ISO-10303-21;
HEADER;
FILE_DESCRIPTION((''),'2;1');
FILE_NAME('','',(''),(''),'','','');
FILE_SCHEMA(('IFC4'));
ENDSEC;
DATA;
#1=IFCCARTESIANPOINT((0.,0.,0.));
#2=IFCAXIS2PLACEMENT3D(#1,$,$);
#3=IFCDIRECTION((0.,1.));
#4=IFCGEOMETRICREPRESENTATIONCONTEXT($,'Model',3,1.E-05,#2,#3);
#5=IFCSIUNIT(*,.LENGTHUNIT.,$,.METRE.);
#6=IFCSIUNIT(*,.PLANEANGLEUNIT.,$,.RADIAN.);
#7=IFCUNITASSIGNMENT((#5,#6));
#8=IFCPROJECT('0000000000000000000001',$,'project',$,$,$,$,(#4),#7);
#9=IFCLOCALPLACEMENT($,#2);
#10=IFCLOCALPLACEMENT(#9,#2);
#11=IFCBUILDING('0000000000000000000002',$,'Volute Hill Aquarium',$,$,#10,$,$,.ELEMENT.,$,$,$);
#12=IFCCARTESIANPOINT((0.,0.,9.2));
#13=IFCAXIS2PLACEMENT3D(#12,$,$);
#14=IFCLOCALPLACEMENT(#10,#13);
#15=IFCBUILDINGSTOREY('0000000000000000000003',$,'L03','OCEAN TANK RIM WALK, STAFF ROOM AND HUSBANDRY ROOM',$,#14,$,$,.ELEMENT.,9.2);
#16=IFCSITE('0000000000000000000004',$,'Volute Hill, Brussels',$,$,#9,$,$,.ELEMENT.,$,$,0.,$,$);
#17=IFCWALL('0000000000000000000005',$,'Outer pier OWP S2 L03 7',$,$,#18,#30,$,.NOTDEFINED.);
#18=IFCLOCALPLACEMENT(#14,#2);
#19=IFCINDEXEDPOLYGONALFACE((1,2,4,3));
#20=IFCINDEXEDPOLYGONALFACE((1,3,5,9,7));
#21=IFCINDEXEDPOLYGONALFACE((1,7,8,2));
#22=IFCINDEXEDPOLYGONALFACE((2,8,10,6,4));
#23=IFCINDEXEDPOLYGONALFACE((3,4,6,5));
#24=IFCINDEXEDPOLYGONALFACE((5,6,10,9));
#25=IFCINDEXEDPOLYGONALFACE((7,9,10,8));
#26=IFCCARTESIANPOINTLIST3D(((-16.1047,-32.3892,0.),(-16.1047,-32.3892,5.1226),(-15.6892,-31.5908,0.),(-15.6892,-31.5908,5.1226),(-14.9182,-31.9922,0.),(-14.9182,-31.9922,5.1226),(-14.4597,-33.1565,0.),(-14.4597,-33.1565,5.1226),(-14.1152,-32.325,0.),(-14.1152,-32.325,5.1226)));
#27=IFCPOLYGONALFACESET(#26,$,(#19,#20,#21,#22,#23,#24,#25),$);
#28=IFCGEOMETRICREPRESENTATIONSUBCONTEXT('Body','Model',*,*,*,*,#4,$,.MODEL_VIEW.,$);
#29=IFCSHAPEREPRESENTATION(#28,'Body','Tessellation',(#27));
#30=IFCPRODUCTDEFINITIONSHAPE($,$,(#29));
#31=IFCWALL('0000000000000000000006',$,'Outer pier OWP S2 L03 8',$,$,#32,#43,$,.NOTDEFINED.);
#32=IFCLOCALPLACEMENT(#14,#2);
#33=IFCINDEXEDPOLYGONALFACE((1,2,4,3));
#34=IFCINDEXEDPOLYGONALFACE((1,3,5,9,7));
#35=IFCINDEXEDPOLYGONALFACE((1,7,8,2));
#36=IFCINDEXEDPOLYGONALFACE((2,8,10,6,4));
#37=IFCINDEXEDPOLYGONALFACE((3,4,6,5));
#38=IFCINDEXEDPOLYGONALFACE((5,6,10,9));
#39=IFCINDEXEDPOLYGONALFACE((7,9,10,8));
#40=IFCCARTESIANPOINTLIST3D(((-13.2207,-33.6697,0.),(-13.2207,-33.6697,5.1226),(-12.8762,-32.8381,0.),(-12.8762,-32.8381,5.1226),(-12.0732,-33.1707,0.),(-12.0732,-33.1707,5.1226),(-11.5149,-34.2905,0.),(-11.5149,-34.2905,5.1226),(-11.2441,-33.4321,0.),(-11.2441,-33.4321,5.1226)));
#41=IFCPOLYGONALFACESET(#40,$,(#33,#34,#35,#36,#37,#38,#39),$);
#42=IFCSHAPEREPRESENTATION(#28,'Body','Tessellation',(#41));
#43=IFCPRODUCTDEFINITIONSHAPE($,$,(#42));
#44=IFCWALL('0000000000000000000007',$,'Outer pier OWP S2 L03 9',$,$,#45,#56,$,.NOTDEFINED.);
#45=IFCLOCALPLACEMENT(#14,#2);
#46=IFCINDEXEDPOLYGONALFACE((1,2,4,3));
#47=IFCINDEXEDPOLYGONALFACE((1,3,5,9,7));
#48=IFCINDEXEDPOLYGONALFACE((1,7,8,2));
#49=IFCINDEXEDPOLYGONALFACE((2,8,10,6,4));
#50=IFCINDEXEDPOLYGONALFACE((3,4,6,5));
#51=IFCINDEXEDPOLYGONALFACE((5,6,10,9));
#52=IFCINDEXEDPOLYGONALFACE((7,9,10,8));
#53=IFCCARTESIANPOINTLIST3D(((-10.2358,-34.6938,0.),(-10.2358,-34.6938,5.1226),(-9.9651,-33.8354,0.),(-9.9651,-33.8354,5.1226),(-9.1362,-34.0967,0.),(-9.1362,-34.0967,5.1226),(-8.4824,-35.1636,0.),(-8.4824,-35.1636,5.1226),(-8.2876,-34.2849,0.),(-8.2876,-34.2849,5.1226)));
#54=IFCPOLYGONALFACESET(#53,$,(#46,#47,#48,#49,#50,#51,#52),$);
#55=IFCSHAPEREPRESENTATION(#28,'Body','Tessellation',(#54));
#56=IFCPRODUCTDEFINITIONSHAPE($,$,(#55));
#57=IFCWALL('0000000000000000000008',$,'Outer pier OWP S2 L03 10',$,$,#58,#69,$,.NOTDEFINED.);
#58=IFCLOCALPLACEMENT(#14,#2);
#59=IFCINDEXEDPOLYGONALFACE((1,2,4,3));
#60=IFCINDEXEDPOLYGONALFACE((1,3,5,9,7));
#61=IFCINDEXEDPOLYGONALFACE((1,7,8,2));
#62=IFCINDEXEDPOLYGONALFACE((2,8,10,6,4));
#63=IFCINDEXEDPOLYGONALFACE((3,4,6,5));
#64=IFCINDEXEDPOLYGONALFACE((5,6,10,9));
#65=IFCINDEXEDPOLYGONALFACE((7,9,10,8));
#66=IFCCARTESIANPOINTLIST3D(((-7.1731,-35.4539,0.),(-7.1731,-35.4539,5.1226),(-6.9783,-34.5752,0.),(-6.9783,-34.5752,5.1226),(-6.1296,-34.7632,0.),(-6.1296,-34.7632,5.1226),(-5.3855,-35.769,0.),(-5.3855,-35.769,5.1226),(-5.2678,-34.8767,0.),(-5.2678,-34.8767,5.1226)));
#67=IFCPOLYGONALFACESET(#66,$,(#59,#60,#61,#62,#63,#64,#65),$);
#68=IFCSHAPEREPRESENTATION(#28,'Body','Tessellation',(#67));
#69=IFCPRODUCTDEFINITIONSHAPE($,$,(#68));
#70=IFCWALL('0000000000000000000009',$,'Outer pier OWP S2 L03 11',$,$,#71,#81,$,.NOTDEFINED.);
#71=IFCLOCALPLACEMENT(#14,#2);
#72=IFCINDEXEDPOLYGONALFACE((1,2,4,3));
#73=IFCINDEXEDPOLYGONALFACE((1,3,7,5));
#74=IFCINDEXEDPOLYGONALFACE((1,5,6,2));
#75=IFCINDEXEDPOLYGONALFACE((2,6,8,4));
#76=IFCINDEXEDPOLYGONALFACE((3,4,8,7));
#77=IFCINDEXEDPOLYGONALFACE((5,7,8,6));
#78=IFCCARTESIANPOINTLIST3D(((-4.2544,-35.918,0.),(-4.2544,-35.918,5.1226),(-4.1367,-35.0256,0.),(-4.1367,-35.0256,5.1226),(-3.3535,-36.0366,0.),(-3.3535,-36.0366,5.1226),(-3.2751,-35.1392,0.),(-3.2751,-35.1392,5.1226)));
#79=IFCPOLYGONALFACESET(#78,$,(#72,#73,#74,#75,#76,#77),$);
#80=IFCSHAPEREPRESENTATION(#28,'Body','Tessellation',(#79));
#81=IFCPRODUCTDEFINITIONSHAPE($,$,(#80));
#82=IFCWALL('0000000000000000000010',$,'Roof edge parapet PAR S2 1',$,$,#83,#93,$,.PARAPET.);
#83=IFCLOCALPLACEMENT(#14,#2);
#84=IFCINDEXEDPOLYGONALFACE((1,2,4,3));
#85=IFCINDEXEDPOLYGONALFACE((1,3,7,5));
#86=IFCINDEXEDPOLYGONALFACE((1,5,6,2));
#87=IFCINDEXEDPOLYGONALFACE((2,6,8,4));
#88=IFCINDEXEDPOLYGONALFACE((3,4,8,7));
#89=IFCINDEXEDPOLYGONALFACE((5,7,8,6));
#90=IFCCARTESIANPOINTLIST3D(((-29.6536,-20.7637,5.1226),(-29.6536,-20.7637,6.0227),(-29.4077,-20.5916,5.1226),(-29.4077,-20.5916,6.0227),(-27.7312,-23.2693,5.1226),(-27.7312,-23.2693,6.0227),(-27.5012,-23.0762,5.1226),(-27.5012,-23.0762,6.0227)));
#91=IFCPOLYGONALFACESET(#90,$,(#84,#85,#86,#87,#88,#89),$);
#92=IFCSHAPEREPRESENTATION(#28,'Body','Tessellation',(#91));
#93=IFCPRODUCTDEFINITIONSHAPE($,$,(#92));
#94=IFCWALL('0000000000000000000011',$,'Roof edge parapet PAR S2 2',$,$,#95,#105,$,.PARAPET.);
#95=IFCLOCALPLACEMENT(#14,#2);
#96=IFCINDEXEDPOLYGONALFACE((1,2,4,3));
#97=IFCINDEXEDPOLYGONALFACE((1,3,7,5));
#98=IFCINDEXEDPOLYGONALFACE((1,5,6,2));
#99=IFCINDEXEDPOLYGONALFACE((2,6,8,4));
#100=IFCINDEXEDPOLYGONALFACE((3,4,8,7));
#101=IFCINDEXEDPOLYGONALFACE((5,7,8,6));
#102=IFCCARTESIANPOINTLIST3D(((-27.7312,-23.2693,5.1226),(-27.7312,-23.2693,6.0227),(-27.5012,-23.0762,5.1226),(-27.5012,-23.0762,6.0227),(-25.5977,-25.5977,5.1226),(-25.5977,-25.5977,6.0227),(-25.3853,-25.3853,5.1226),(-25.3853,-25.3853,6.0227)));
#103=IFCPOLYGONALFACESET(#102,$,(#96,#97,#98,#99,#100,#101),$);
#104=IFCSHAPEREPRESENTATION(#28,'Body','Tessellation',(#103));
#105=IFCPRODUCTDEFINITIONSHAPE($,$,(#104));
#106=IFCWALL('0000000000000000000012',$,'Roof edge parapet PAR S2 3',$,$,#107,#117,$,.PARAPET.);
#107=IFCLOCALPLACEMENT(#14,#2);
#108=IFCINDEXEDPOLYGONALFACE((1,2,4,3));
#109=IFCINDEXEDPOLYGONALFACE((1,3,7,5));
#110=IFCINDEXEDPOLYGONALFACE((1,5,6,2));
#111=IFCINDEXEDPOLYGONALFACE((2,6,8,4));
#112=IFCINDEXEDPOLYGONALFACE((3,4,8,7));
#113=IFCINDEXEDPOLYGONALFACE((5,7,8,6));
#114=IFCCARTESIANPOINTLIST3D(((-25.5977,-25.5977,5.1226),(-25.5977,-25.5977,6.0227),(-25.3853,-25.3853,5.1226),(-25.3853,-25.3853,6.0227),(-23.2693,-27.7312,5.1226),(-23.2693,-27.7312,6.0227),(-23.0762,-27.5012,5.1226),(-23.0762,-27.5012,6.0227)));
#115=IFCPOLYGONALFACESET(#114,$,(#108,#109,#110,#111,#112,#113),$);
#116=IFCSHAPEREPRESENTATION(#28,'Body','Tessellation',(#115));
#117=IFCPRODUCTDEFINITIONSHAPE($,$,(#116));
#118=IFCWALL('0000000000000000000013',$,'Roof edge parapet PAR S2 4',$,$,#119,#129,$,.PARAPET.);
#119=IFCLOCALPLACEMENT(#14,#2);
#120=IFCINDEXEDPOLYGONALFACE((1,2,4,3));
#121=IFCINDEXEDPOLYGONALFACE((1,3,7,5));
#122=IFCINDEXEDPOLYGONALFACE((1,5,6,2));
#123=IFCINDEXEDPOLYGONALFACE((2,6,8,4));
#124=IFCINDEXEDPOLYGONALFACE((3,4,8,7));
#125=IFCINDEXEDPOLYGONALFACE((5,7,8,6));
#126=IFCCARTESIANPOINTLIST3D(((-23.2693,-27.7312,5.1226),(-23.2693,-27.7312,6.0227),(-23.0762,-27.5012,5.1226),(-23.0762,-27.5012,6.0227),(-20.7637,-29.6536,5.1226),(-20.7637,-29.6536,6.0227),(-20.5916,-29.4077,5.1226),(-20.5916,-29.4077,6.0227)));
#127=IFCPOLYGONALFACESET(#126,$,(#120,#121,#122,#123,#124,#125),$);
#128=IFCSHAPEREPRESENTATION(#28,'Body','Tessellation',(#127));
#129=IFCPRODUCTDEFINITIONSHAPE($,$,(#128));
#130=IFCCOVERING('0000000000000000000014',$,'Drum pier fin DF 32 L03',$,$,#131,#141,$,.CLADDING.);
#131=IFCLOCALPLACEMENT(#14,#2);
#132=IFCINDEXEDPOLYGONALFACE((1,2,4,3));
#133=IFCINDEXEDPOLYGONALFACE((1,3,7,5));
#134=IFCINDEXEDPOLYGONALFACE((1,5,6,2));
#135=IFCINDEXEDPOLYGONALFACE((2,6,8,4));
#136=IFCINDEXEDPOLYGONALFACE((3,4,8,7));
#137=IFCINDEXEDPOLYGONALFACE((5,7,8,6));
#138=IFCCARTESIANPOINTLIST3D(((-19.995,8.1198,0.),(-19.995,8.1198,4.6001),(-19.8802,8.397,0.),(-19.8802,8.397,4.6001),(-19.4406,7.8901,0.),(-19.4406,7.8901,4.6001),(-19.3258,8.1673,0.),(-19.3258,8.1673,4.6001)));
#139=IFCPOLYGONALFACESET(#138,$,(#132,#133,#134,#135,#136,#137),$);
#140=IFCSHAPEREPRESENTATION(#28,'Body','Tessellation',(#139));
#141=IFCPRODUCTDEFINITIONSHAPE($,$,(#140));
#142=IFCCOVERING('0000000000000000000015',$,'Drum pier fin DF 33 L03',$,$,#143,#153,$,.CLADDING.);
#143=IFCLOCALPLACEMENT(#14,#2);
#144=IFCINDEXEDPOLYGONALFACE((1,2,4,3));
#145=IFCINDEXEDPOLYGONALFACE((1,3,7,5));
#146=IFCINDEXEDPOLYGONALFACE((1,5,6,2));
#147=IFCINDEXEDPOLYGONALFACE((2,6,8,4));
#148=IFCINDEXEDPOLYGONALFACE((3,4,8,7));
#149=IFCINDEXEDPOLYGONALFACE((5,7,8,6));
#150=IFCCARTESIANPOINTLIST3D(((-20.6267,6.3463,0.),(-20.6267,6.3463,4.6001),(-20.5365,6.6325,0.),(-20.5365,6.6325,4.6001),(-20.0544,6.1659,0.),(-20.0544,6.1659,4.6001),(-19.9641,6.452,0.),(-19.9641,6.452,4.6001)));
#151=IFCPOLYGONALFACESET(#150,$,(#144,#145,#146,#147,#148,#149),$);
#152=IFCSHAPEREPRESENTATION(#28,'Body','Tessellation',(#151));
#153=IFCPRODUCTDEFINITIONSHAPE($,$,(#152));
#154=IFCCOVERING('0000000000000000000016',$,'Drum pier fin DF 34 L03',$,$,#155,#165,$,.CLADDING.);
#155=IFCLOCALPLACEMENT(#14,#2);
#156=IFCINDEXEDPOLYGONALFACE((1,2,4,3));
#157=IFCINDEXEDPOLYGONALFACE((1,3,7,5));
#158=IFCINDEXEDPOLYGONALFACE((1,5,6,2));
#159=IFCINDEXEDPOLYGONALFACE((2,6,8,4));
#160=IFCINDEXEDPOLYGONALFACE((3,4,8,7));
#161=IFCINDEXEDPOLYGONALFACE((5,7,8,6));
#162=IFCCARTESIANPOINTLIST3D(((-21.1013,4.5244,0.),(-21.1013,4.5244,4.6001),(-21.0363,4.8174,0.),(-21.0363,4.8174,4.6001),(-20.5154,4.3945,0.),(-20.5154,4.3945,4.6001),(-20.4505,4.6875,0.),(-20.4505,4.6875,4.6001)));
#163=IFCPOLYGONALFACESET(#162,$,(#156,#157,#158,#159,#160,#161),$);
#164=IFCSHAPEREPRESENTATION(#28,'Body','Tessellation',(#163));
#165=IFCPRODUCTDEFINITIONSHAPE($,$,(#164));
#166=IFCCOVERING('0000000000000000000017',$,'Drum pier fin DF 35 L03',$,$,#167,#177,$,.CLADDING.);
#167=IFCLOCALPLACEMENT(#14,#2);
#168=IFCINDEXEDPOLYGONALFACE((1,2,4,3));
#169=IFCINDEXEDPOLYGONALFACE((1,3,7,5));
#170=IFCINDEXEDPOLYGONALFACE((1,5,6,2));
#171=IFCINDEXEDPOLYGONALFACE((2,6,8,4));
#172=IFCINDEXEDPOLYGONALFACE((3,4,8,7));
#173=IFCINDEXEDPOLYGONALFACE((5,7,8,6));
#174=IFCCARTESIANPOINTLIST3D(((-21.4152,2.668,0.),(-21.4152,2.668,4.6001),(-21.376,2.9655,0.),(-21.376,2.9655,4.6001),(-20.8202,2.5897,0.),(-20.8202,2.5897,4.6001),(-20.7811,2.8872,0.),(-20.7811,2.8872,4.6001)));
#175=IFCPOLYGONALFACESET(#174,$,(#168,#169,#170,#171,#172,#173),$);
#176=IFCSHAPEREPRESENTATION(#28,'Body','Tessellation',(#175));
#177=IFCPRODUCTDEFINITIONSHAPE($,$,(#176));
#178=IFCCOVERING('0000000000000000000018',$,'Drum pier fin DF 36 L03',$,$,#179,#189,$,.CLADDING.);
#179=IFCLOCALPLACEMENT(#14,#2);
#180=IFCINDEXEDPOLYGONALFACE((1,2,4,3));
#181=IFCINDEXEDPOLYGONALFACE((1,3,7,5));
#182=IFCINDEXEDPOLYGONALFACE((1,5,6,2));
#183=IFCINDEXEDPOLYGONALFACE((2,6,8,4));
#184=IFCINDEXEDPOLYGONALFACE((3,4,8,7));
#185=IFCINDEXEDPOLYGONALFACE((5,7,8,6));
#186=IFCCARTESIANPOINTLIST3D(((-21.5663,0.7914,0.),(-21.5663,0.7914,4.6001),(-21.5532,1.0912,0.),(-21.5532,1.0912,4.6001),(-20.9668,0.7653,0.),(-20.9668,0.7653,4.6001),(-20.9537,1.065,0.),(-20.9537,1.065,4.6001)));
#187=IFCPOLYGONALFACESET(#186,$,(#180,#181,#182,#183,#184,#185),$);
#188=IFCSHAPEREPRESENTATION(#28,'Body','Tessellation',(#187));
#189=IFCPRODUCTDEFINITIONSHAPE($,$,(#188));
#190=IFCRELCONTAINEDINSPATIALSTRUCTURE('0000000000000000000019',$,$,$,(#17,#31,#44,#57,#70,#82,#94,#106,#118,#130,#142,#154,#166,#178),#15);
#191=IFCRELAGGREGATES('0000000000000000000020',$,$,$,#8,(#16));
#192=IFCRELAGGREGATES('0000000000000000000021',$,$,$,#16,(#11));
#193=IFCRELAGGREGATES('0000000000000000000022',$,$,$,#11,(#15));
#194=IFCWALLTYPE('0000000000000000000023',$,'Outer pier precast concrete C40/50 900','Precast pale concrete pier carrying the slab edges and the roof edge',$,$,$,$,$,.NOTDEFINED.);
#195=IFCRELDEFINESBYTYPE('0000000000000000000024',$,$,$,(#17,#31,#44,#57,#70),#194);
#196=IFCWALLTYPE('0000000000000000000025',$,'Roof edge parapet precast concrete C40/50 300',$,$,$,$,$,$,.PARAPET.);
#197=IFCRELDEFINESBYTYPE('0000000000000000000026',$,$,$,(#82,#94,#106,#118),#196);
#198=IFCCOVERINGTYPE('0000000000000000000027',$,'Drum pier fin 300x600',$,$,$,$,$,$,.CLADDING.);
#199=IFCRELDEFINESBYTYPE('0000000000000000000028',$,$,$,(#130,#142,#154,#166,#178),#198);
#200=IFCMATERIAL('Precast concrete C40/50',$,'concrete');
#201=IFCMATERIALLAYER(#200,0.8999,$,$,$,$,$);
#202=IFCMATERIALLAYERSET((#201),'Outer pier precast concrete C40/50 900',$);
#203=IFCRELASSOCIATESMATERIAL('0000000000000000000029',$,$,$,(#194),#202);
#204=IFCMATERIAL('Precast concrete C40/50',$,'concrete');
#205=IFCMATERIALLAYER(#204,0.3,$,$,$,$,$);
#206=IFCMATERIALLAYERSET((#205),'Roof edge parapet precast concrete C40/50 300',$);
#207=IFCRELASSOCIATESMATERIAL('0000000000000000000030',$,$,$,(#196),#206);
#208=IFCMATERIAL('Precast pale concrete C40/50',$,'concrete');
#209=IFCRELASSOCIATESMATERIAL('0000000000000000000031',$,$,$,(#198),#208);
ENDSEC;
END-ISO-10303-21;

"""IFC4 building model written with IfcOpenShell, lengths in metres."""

from ifc_helpers import new_model, si_unit, direction, frame, origin, origin_2d, place, context, subcontext, project, spatial, polyline, rectangle, outline, extrude, material, layer, layer_set, type_object, element, save


model = new_model("IFC4")

# Units and contexts
model_context = context("Model", 3, precision=1e-05, world=origin(), true_north=direction((0.0, 1.0)))
body_context = subcontext(model_context, "Body", "Model", "MODEL_VIEW")
ifc_project = project(units=[si_unit("LENGTHUNIT", "METRE"), si_unit("PLANEANGLEUNIT", "RADIAN")], contexts=[model_context])

# Site, building, storey
site_placement = place(None, origin())
site = spatial("IfcSite", under=ifc_project, at=site_placement, Name="Volute Hill, Brussels", CompositionType="ELEMENT", RefElevation=0.0)
building_placement = place(site_placement, origin())
building = spatial("IfcBuilding", under=site, at=building_placement, Name="Volute Hill Aquarium", CompositionType="ELEMENT")
storey_placement = place(building_placement, frame((0.0, 0.0, 9.2)))
storey = spatial("IfcBuildingStorey", under=building, at=storey_placement, Name="L03", Description="OCEAN TANK RIM WALK, STAFF ROOM AND HUSBANDRY ROOM", CompositionType="ELEMENT", Elevation=9.2)

# Walls
ifc_material_1 = material(Name="Precast concrete C40/50", Category="concrete")
ifc_layer_1 = layer(ifc_material_1, 0.8999)
ifc_layer_set_1 = layer_set([ifc_layer_1], Name="Outer pier precast concrete C40/50 900")
wall_type_1 = type_object("IfcWallType", Name="Outer pier precast concrete C40/50 900", Description="Precast pale concrete pier carrying the slab edges and the roof edge", PredefinedType="NOTDEFINED", material=ifc_layer_set_1)
wall_1_placement = place(storey_placement, origin())
element("IfcWall", 1, at=wall_1_placement, inside=storey, type_object=wall_type_1, Name="Outer pier OWP S2 L03 7", PredefinedType="NOTDEFINED", context=body_context, shape_type="SweptSolid", body=[
    extrude(outline(polyline([(-15.6892, -31.5908), (-16.1047, -32.3892), (-14.4597, -33.1565), (-14.1152, -32.325), (-14.9182, -31.9922), (-15.6892, -31.5908)])), origin(), (0.0, 0.0, 1.0), 5.1226),
])
wall_2_placement = place(storey_placement, origin())
element("IfcWall", 2, at=wall_2_placement, inside=storey, type_object=wall_type_1, Name="Outer pier OWP S2 L03 8", PredefinedType="NOTDEFINED", context=body_context, shape_type="SweptSolid", body=[
    extrude(outline(polyline([(-12.8762, -32.8381), (-13.2207, -33.6697), (-11.5149, -34.2905), (-11.2441, -33.4321), (-12.0732, -33.1707), (-12.8762, -32.8381)])), origin(), (0.0, 0.0, 1.0), 5.1226),
])
wall_3_placement = place(storey_placement, origin())
element("IfcWall", 3, at=wall_3_placement, inside=storey, type_object=wall_type_1, Name="Outer pier OWP S2 L03 9", PredefinedType="NOTDEFINED", context=body_context, shape_type="SweptSolid", body=[
    extrude(outline(polyline([(-9.9651, -33.8354), (-10.2358, -34.6938), (-8.4824, -35.1636), (-8.2876, -34.2849), (-9.1362, -34.0967), (-9.9651, -33.8354)])), origin(), (0.0, 0.0, 1.0), 5.1226),
])
wall_4_placement = place(storey_placement, origin())
element("IfcWall", 4, at=wall_4_placement, inside=storey, type_object=wall_type_1, Name="Outer pier OWP S2 L03 10", PredefinedType="NOTDEFINED", context=body_context, shape_type="SweptSolid", body=[
    extrude(outline(polyline([(-6.9783, -34.5752), (-7.1731, -35.4539), (-5.3855, -35.769), (-5.2678, -34.8767), (-6.1296, -34.7632), (-6.9783, -34.5752)])), origin(), (0.0, 0.0, 1.0), 5.1226),
])
wall_5_placement = place(storey_placement, origin())
element("IfcWall", 5, at=wall_5_placement, inside=storey, type_object=wall_type_1, Name="Outer pier OWP S2 L03 11", PredefinedType="NOTDEFINED", context=body_context, shape_type="SweptSolid", body=[
    extrude(outline(polyline([(-4.1367, -35.0256), (-4.2544, -35.918), (-3.3535, -36.0366), (-3.2751, -35.1392), (-4.1367, -35.0256)])), origin(), (0.0, 0.0, 1.0), 5.1226),
])
ifc_material_2 = material(Name="Precast concrete C40/50", Category="concrete")
ifc_layer_2 = layer(ifc_material_2, 0.3)
ifc_layer_set_2 = layer_set([ifc_layer_2], Name="Roof edge parapet precast concrete C40/50 300")
wall_type_2 = type_object("IfcWallType", Name="Roof edge parapet precast concrete C40/50 300", PredefinedType="PARAPET", material=ifc_layer_set_2)
wall_6_placement = place(storey_placement, frame((0.0, 0.0, 5.1226)))
element("IfcWall", 6, at=wall_6_placement, inside=storey, type_object=wall_type_2, Name="Roof edge parapet PAR S2 1", PredefinedType="PARAPET", context=body_context, shape_type="SweptSolid", body=[
    extrude(outline(polyline([(-27.7312, -23.2693), (-27.5012, -23.0762), (-29.4077, -20.5916), (-29.6536, -20.7637), (-27.7312, -23.2693)])), origin(), (0.0, 0.0, 1.0), 0.9001),
])
wall_7_placement = place(storey_placement, frame((0.0, 0.0, 5.1226)))
element("IfcWall", 7, at=wall_7_placement, inside=storey, type_object=wall_type_2, Name="Roof edge parapet PAR S2 2", PredefinedType="PARAPET", context=body_context, shape_type="SweptSolid", body=[
    extrude(outline(polyline([(-27.5012, -23.0762), (-27.7312, -23.2693), (-25.5977, -25.5977), (-25.3853, -25.3853), (-27.5012, -23.0762)])), origin(), (0.0, 0.0, 1.0), 0.9001),
])
wall_8_placement = place(storey_placement, frame((0.0, 0.0, 5.1226)))
element("IfcWall", 8, at=wall_8_placement, inside=storey, type_object=wall_type_2, Name="Roof edge parapet PAR S2 3", PredefinedType="PARAPET", context=body_context, shape_type="SweptSolid", body=[
    extrude(outline(polyline([(-25.3853, -25.3853), (-25.5977, -25.5977), (-23.2693, -27.7312), (-23.0762, -27.5012), (-25.3853, -25.3853)])), origin(), (0.0, 0.0, 1.0), 0.9001),
])
wall_9_placement = place(storey_placement, frame((0.0, 0.0, 5.1226)))
element("IfcWall", 9, at=wall_9_placement, inside=storey, type_object=wall_type_2, Name="Roof edge parapet PAR S2 4", PredefinedType="PARAPET", context=body_context, shape_type="SweptSolid", body=[
    extrude(outline(polyline([(-23.0762, -27.5012), (-23.2693, -27.7312), (-20.7637, -29.6536), (-20.5916, -29.4077), (-23.0762, -27.5012)])), origin(), (0.0, 0.0, 1.0), 0.9001),
])

# Coverings
ifc_material_3 = material(Name="Precast pale concrete C40/50", Category="concrete")
covering_type_1 = type_object("IfcCoveringType", Name="Drum pier fin 300x600", PredefinedType="CLADDING", material=ifc_material_3)
for number, where, z_axis, x_axis, name in (
    (10, (-19.6604, 8.1436, 0.0), (0.0, 0.0, 1.0), (-0.382683, -0.92388, 0.0), "Drum pier fin DF 32 L03"),
    (11, (-20.2954, 6.3992, 0.0), (0.0, 0.0, 1.0), (-0.300706, -0.953717, 0.0), "Drum pier fin DF 33 L03"),
    (12, (-20.7759, 4.606, 0.0), (0.0, 0.0, 1.0), (-0.21644, -0.976296, 0.0), "Drum pier fin DF 34 L03"),
    (13, (-21.0981, 2.7776, 0.0), (0.0, 0.0, 1.0), (-0.130526, -0.991445, 0.0), "Drum pier fin DF 35 L03"),
    (14, (-21.26, 0.9282, 0.0), (0.0, 0.0, 1.0), (-0.043619, -0.999048, 0.0), "Drum pier fin DF 36 L03"),
):
    element("IfcCovering", number, at=place(storey_placement, frame(where, z_axis=z_axis, x_axis=x_axis)), inside=storey, type_object=covering_type_1, Name=name, PredefinedType="CLADDING", context=body_context, shape_type="SweptSolid", body=[
        extrude(rectangle(XDim=0.3, YDim=0.6001, at=origin_2d()), origin(), (0.0, 0.0, 1.0), 4.6001),
    ])

save(model, "model.ifc")
